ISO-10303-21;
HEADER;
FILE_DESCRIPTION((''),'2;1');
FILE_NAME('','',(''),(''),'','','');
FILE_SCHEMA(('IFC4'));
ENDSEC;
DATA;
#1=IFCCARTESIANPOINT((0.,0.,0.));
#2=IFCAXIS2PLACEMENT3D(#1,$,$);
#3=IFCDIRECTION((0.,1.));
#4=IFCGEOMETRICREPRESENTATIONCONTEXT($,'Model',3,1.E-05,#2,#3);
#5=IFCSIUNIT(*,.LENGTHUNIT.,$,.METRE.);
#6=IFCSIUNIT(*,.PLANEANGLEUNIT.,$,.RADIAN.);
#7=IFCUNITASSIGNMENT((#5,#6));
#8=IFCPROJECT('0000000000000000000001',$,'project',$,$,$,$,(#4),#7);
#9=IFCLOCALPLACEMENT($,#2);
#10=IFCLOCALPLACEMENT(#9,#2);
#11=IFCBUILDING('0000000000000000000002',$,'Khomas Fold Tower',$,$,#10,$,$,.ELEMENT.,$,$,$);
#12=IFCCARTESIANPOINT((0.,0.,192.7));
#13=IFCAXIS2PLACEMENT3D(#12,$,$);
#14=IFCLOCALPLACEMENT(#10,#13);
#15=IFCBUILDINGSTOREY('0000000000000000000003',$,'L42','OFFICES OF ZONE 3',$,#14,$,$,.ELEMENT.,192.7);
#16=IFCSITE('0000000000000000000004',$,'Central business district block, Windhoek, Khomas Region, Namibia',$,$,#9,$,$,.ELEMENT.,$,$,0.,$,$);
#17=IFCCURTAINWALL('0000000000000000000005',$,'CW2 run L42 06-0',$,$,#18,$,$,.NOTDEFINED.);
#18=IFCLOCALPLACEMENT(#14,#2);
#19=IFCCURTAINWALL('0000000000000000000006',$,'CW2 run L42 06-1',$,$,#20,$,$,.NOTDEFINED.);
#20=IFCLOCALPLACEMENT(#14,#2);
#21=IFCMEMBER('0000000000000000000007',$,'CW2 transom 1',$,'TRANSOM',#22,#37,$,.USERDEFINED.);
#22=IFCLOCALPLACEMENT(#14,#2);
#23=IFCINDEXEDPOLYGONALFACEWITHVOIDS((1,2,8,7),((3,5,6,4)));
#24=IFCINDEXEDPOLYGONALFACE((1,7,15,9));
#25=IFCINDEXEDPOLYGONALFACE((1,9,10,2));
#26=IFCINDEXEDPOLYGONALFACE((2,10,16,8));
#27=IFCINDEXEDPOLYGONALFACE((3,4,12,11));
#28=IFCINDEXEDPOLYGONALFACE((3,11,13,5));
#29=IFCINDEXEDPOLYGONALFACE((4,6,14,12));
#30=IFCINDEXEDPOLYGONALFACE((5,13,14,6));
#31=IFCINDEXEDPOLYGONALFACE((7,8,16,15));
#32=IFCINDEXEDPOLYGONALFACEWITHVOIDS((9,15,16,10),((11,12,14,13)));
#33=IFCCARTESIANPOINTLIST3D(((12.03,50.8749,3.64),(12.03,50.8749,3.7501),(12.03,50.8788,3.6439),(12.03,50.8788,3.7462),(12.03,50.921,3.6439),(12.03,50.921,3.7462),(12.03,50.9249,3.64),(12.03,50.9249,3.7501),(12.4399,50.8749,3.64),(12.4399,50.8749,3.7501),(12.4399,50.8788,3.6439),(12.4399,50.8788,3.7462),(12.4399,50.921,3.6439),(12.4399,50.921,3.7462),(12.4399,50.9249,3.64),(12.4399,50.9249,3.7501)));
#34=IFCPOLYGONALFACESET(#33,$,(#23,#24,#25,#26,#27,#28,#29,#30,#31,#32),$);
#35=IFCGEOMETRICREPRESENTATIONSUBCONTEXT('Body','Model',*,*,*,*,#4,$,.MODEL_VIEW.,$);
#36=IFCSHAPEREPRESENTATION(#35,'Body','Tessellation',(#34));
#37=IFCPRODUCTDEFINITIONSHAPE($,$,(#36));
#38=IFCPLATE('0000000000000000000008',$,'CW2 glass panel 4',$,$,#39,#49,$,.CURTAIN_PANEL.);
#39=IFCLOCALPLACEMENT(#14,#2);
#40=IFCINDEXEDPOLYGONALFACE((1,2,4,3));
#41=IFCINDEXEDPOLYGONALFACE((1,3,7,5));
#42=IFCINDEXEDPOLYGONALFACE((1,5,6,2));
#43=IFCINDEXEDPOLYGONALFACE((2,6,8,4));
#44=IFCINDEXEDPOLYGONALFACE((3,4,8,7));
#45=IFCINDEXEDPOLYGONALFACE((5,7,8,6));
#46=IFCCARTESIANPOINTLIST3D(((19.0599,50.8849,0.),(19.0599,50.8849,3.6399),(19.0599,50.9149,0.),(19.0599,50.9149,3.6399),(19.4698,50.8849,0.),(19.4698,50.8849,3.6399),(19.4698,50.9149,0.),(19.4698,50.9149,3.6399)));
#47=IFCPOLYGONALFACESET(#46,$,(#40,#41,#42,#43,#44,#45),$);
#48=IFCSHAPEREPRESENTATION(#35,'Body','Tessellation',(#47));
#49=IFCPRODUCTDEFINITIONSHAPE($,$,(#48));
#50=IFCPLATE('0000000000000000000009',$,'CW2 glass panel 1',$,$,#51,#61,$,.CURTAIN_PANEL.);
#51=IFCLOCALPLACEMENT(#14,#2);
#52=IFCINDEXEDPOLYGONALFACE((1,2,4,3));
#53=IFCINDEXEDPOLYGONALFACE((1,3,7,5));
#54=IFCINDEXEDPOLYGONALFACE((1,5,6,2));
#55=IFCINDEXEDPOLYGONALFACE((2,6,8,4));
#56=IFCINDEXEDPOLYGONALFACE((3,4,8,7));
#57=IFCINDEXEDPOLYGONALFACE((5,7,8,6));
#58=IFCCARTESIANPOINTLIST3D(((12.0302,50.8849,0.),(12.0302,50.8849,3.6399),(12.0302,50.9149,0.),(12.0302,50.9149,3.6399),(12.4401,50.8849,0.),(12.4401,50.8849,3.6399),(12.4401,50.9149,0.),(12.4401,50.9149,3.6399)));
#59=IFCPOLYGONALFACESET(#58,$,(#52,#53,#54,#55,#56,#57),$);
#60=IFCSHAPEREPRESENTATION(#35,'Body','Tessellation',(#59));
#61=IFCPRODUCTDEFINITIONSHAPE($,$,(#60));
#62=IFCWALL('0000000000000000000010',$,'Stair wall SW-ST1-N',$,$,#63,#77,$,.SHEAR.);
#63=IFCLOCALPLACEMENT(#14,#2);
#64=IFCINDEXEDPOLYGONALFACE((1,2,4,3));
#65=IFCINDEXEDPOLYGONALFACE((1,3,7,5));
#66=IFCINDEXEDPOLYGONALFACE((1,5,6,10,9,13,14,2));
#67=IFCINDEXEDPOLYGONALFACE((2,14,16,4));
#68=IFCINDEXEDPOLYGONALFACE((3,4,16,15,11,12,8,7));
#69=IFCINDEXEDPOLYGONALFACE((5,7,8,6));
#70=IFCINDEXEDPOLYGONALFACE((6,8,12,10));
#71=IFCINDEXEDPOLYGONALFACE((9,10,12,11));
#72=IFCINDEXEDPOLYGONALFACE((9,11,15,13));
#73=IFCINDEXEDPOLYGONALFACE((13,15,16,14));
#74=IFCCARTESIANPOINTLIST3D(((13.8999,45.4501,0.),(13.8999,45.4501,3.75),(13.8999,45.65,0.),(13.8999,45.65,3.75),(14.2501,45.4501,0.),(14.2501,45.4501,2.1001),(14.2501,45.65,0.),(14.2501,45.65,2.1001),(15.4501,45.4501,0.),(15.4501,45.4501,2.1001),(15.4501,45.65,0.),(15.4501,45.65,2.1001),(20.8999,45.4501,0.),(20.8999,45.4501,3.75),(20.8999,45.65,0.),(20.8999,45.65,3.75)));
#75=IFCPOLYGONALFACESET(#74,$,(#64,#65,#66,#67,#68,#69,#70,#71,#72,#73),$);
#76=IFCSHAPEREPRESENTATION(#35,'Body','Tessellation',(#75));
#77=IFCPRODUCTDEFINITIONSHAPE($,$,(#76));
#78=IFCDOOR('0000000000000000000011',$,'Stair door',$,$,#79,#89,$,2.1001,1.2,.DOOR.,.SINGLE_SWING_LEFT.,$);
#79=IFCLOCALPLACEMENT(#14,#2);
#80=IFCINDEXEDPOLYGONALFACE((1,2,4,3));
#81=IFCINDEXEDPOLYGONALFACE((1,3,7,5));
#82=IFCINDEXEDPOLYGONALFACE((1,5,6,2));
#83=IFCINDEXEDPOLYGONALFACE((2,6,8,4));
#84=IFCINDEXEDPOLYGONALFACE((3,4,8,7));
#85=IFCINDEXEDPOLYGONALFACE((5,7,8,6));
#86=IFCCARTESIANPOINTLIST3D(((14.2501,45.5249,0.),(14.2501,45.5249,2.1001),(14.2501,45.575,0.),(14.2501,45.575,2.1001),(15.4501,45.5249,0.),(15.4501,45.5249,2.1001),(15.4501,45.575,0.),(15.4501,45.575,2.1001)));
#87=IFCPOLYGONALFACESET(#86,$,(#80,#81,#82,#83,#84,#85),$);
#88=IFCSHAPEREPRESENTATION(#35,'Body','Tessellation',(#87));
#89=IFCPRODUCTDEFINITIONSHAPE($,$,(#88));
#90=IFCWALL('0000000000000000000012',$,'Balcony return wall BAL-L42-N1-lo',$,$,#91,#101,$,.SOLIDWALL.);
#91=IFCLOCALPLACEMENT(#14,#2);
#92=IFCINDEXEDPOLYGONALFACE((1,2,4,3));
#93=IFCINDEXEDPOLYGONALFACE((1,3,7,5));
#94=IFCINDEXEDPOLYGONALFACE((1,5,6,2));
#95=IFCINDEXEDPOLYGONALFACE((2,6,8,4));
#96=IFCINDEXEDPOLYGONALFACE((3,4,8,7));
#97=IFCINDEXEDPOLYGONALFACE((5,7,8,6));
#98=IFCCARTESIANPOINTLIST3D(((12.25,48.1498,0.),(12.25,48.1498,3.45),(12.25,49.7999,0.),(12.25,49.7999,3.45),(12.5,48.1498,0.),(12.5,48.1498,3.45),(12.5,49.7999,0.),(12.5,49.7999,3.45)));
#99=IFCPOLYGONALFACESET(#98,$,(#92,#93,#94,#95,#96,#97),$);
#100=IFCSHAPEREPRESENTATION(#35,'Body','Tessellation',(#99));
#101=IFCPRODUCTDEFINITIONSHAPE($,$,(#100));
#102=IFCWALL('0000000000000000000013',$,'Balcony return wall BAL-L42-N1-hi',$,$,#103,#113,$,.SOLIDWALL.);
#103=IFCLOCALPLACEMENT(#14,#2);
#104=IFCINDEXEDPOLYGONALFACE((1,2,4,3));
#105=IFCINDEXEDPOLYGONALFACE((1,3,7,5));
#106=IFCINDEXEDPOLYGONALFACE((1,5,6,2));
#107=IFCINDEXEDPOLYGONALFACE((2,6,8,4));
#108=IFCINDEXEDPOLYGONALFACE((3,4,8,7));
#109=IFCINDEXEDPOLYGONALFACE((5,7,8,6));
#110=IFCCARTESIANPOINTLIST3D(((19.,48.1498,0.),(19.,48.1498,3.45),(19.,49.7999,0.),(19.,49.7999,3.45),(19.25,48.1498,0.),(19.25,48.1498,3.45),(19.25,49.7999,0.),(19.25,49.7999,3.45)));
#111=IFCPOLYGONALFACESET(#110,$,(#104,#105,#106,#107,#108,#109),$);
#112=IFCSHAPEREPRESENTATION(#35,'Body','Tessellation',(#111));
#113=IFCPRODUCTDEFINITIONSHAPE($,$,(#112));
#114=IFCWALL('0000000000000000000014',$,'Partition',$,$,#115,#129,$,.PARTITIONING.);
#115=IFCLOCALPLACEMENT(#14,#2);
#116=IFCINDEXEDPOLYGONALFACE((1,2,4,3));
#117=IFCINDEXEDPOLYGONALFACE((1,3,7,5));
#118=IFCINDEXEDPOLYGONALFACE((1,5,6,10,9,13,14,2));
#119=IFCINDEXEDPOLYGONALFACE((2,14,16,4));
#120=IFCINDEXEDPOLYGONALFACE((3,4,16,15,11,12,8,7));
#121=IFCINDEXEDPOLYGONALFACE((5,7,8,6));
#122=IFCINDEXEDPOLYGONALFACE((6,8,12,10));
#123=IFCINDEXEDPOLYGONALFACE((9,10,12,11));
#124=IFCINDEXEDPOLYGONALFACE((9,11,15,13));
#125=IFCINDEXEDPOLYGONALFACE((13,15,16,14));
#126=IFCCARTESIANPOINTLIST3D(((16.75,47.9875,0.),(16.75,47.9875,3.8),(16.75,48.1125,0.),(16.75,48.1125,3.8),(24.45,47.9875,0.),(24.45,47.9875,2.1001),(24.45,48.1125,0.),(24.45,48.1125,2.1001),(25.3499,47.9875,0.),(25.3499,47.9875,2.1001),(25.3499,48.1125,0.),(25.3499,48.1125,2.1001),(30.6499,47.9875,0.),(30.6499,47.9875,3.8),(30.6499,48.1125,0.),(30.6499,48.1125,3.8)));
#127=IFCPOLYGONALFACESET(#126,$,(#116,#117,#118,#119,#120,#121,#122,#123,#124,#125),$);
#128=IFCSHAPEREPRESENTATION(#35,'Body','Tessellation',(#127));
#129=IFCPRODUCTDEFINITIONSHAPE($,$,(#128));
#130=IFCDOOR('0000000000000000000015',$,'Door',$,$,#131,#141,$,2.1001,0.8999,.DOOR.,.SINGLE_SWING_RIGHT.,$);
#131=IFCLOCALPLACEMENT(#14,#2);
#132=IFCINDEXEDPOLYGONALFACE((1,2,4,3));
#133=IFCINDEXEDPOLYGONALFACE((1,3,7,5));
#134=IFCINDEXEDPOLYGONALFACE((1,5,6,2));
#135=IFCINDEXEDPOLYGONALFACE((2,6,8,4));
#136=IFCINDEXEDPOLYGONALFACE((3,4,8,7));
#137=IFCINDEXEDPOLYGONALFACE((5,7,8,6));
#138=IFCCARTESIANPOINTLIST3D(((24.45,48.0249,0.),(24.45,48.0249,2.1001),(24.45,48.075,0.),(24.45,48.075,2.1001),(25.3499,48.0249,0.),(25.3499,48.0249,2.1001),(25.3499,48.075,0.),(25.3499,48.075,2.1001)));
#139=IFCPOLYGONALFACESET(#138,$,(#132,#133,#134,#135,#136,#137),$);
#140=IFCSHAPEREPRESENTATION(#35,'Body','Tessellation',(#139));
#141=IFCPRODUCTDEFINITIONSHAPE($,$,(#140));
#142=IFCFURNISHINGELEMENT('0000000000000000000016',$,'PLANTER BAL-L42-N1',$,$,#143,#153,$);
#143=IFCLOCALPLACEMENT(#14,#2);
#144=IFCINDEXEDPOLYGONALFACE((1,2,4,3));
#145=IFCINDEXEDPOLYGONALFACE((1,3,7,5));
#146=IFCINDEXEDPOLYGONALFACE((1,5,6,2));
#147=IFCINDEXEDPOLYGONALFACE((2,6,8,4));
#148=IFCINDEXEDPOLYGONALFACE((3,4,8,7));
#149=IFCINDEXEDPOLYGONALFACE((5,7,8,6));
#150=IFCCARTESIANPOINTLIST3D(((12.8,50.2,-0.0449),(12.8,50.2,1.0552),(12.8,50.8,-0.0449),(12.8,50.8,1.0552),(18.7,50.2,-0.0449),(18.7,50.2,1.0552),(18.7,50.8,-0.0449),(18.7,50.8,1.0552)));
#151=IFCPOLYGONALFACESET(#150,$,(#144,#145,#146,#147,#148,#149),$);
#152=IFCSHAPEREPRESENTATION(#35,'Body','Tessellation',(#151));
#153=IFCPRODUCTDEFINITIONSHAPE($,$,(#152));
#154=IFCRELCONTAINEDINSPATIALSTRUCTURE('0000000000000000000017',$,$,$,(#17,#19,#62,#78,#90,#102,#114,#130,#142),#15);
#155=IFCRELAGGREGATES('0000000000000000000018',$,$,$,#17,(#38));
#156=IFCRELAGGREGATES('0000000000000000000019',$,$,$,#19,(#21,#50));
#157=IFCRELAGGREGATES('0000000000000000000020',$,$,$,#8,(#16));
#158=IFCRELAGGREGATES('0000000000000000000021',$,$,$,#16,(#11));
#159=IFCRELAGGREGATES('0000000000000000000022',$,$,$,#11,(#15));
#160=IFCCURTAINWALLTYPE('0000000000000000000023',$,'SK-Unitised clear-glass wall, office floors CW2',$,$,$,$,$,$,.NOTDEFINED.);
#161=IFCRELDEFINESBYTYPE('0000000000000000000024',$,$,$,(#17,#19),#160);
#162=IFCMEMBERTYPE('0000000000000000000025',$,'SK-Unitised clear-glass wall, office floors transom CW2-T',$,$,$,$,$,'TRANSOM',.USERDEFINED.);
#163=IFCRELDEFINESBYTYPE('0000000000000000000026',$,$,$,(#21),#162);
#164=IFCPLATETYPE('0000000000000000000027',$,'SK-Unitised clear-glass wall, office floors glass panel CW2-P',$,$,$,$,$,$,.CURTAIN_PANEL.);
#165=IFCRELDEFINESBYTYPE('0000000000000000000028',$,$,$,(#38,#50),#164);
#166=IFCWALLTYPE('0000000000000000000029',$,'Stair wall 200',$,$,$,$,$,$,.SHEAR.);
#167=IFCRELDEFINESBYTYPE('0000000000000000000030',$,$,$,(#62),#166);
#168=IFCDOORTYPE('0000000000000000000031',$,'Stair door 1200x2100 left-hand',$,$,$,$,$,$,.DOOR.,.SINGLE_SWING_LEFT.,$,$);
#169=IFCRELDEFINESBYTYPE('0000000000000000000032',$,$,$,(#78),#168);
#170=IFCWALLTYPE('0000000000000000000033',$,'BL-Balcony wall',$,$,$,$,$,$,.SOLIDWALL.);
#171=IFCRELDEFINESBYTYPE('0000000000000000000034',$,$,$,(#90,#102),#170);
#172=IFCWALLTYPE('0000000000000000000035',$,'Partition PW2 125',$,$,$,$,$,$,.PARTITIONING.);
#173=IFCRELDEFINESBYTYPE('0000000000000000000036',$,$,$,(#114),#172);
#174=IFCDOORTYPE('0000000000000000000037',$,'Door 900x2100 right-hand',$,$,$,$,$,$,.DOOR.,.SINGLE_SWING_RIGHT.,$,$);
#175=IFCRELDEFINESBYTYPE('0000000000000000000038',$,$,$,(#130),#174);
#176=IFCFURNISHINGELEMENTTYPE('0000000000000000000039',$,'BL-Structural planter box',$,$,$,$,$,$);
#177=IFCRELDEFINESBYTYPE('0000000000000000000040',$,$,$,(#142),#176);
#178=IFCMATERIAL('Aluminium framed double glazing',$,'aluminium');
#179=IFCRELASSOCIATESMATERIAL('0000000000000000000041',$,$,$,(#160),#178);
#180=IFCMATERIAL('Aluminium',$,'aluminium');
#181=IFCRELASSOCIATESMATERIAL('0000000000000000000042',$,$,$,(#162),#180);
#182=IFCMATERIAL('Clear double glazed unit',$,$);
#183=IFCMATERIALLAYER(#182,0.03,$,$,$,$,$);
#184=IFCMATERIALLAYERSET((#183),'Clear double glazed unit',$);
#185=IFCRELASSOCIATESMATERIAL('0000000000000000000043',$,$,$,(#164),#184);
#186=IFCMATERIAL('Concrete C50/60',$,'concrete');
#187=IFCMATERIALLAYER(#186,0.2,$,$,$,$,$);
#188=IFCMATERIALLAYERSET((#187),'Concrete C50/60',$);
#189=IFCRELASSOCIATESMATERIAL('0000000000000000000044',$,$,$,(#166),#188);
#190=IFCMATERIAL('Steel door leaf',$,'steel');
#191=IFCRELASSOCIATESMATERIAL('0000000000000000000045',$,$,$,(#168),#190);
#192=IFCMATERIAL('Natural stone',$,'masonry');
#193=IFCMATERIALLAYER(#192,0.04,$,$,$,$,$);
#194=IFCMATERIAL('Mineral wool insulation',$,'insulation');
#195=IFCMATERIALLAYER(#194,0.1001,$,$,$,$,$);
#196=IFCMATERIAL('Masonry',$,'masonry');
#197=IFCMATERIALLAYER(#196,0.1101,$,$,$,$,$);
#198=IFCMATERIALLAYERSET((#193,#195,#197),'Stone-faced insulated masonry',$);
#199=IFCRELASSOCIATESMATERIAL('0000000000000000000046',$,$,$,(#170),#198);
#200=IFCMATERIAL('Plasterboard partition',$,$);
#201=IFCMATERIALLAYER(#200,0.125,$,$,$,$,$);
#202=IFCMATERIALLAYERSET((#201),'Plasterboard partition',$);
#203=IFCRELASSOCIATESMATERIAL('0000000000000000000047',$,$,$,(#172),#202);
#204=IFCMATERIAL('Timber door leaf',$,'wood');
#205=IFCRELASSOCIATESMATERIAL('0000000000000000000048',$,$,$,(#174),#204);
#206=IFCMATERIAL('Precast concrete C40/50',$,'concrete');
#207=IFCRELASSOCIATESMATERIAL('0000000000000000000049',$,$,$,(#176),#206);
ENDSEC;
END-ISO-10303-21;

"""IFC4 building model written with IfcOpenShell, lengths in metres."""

from ifc_helpers import new_model, si_unit, direction, frame, frame_2d, origin, origin_2d, place, context, subcontext, project, spatial, rectangle, hollow_rectangle, extrude, source, transform, mapped, material, layer, layer_set, material_profile, profile_set, type_object, element, fill, aggregate, save


model = new_model("IFC4")

# Units and contexts
model_context = context("Model", 3, precision=1e-05, world=origin(), true_north=direction((0.0, 1.0)))
body_context = subcontext(model_context, "Body", "Model", "MODEL_VIEW")
ifc_project = project(units=[si_unit("LENGTHUNIT", "METRE"), si_unit("PLANEANGLEUNIT", "RADIAN")], contexts=[model_context])

# Site, building, storey
site_placement = place(None, origin())
site = spatial("IfcSite", under=ifc_project, at=site_placement, Name="Central business district block, Windhoek, Khomas Region, Namibia", CompositionType="ELEMENT", RefElevation=0.0)
building_placement = place(site_placement, origin())
building = spatial("IfcBuilding", under=site, at=building_placement, Name="Khomas Fold Tower", CompositionType="ELEMENT")
storey_placement = place(building_placement, frame((0.0, 0.0, 192.7)))
storey = spatial("IfcBuildingStorey", under=building, at=storey_placement, Name="L42", Description="OFFICES OF ZONE 3", CompositionType="ELEMENT", Elevation=192.7)

# Curtain wall
ifc_material_1 = material(Name="Aluminium framed double glazing", Category="aluminium")
curtain_wall_type = type_object("IfcCurtainWallType", Name="SK-Unitised clear-glass wall, office floors CW2", PredefinedType="NOTDEFINED", material=ifc_material_1)
curtain_wall_1_placement = place(storey_placement, origin())
curtain_wall_1 = element("IfcCurtainWall", 1, at=curtain_wall_1_placement, inside=storey, type_object=curtain_wall_type, Name="CW2 run L42 06-0", PredefinedType="NOTDEFINED")

# Curtain wall
curtain_wall_2_placement = place(storey_placement, origin())
curtain_wall_2 = element("IfcCurtainWall", 2, at=curtain_wall_2_placement, inside=storey, type_object=curtain_wall_type, Name="CW2 run L42 06-1", PredefinedType="NOTDEFINED")
ifc_material_2 = material(Name="Aluminium", Category="aluminium")
ifc_material_profile_1 = material_profile(ifc_material_2, hollow_rectangle(XDim=0.05, YDim=0.1101, WallThickness=0.0039, at=origin_2d()), Name="SK-Unitised clear-glass wall, office floors transom CW2-T")
ifc_profile_set_1 = profile_set([ifc_material_profile_1], Name="Aluminium")
member_type_1 = type_object("IfcMemberType", Name="SK-Unitised clear-glass wall, office floors transom CW2-T", ElementType="TRANSOM", PredefinedType="USERDEFINED", material=ifc_profile_set_1)

# Member
shared_shape_1 = source(origin(), body_context, "Body", "SweptSolid", [
    extrude(hollow_rectangle(XDim=0.05, YDim=0.1101, WallThickness=0.0039, at=origin_2d()), origin(), (0.0, 0.0, 1.0), 0.4099),
])
member_1_placement = place(storey_placement, frame((12.4399, 50.8999, 3.6951), z_axis=(-1.0, 0.0, 0.0), x_axis=(0.0, -1.0, 0.0)))
member_1 = element("IfcMember", 3, at=member_1_placement, type_object=member_type_1, Name="CW2 transom 1", ObjectType="TRANSOM", PredefinedType="USERDEFINED", context=body_context, shape_type="MappedRepresentation", body=[
    mapped(shared_shape_1, transform((0.0, 0.0, 0.0))),
])

# Plates
ifc_material_3 = material(Name="Clear double glazed unit")
ifc_layer_1 = layer(ifc_material_3, 0.03)
ifc_layer_set_1 = layer_set([ifc_layer_1], Name="Clear double glazed unit")
plate_type = type_object("IfcPlateType", Name="SK-Unitised clear-glass wall, office floors glass panel CW2-P", PredefinedType="CURTAIN_PANEL", material=ifc_layer_set_1)
shared_shape_2 = source(origin(), body_context, "Body", "SweptSolid", [
    extrude(rectangle(XDim=0.4099, YDim=0.03, at=origin_2d()), origin(), (0.0, 0.0, 1.0), 3.6399),
])
plate_1_placement = place(storey_placement, frame((19.2649, 50.8999, 0.0), z_axis=(0.0, 0.0, 1.0), x_axis=(-1.0, 0.0, 0.0)))
plate_1 = element("IfcPlate", 4, at=plate_1_placement, type_object=plate_type, Name="CW2 glass panel 4", PredefinedType="CURTAIN_PANEL", context=body_context, shape_type="MappedRepresentation", body=[
    mapped(shared_shape_2, transform((0.0, 0.0, 0.0))),
])
aggregate(curtain_wall_1, [plate_1])
plate_2_placement = place(storey_placement, frame((12.2351, 50.8999, 0.0), z_axis=(0.0, 0.0, 1.0), x_axis=(-1.0, 0.0, 0.0)))
plate_2 = element("IfcPlate", 5, at=plate_2_placement, type_object=plate_type, Name="CW2 glass panel 1", PredefinedType="CURTAIN_PANEL", context=body_context, shape_type="MappedRepresentation", body=[
    mapped(shared_shape_2, transform((0.0, 0.0, 0.0))),
])
aggregate(curtain_wall_2, [member_1, plate_2])

# Wall, opening, door
ifc_material_4 = material(Name="Concrete C50/60", Category="concrete")
ifc_layer_2 = layer(ifc_material_4, 0.2)
ifc_layer_set_2 = layer_set([ifc_layer_2], Name="Concrete C50/60")
wall_type_1 = type_object("IfcWallType", Name="Stair wall 200", PredefinedType="SHEAR", material=ifc_layer_set_2)
shared_shape_3 = source(origin(), body_context, "Body", "SweptSolid", [
    extrude(rectangle(XDim=7.0, YDim=0.2, at=frame_2d((3.5, 0.0))), origin(), (0.0, 0.0, 1.0), 3.75),
])
wall_1_placement = place(storey_placement, frame((13.8999, 45.55, 0.0), z_axis=(0.0, 0.0, 1.0), x_axis=(1.0, 0.0, 0.0)))
wall_1 = element("IfcWall", 6, at=wall_1_placement, inside=storey, type_object=wall_type_1, Name="Stair wall SW-ST1-N", PredefinedType="SHEAR", context=body_context, shape_type="MappedRepresentation", body=[
    mapped(shared_shape_3, transform((0.0, 0.0, 0.0))),
])
shared_shape_4 = source(origin(), body_context, "Body", "SweptSolid", [
    extrude(rectangle(XDim=1.2, YDim=2.1001, at=frame_2d((0.6001, 1.05))), frame((0.0, 0.1099, 0.0), z_axis=(0.0, -1.0, 0.0), x_axis=(1.0, 0.0, 0.0)), (0.0, 0.0, 1.0), 0.22),
])
opening_1_placement = place(wall_1_placement, frame((0.3501, 0.0, 0.0)))
opening_1 = element("IfcOpeningElement", 7, at=opening_1_placement, cuts=wall_1, PredefinedType="OPENING", context=body_context, shape_type="MappedRepresentation", body=[
    mapped(shared_shape_4, transform((0.0, 0.0, 0.0))),
])
ifc_material_5 = material(Name="Steel door leaf", Category="steel")
door_type_1 = type_object("IfcDoorType", Name="Stair door 1200x2100 left-hand", OperationType="SINGLE_SWING_LEFT", PredefinedType="DOOR", material=ifc_material_5)
shared_shape_5 = source(origin(), body_context, "Body", "SweptSolid", [
    extrude(rectangle(XDim=1.2, YDim=2.1001, at=frame_2d((0.6001, 1.05))), frame((0.0, 0.0249, 0.0), z_axis=(0.0, -1.0, 0.0), x_axis=(1.0, 0.0, 0.0)), (0.0, 0.0, 1.0), 0.05),
])
door_1_placement = place(opening_1_placement, origin())
door_1 = element("IfcDoor", 8, at=door_1_placement, inside=storey, type_object=door_type_1, Name="Stair door", OperationType="SINGLE_SWING_LEFT", OverallHeight=2.1001, OverallWidth=1.2, PredefinedType="DOOR", context=body_context, shape_type="MappedRepresentation", body=[
    mapped(shared_shape_5, transform((0.0, 0.0, 0.0))),
])
fill(opening_1, door_1)

# Shared definitions
ifc_material_6 = material(Name="Natural stone", Category="masonry")
ifc_layer_3 = layer(ifc_material_6, 0.04)
ifc_material_7 = material(Name="Mineral wool insulation", Category="insulation")
ifc_layer_4 = layer(ifc_material_7, 0.1001)
ifc_material_8 = material(Name="Masonry", Category="masonry")
ifc_layer_5 = layer(ifc_material_8, 0.1101)
ifc_layer_set_3 = layer_set([ifc_layer_3, ifc_layer_4, ifc_layer_5], Name="Stone-faced insulated masonry")
wall_type_2 = type_object("IfcWallType", Name="BL-Balcony wall", PredefinedType="SOLIDWALL", material=ifc_layer_set_3)

# Walls
shared_shape_6 = source(origin(), body_context, "Body", "SweptSolid", [
    extrude(rectangle(XDim=1.6501, YDim=0.25, at=frame_2d((0.8252, 0.0))), origin(), (0.0, 0.0, 1.0), 3.45),
])
for number, where, z_axis, x_axis, name in (
    (9, (12.375, 49.8, 0.0), (0.0, 0.0, 1.0), (0.0, -1.0, 0.0), "Balcony return wall BAL-L42-N1-lo"),
    (10, (19.125, 49.8, 0.0), (0.0, 0.0, 1.0), (0.0, -1.0, 0.0), "Balcony return wall BAL-L42-N1-hi"),
):
    element("IfcWall", number, at=place(storey_placement, frame(where, z_axis=z_axis, x_axis=x_axis)), inside=storey, type_object=wall_type_2, Name=name, PredefinedType="SOLIDWALL", context=body_context, shape_type="MappedRepresentation", body=[
        mapped(shared_shape_6, transform((0.0, 0.0, 0.0))),
    ])

# Wall, opening, door
ifc_material_9 = material(Name="Plasterboard partition")
ifc_layer_6 = layer(ifc_material_9, 0.125)
ifc_layer_set_4 = layer_set([ifc_layer_6], Name="Plasterboard partition")
wall_type_3 = type_object("IfcWallType", Name="Partition PW2 125", PredefinedType="PARTITIONING", material=ifc_layer_set_4)
shared_shape_7 = source(origin(), body_context, "Body", "SweptSolid", [
    extrude(rectangle(XDim=13.8999, YDim=0.125, at=frame_2d((6.95, 0.0))), origin(), (0.0, 0.0, 1.0), 3.8),
])
wall_2_placement = place(storey_placement, frame((16.75, 48.05, 0.0), z_axis=(0.0, 0.0, 1.0), x_axis=(1.0, 0.0, 0.0)))
wall_2 = element("IfcWall", 11, at=wall_2_placement, inside=storey, type_object=wall_type_3, Name="Partition", PredefinedType="PARTITIONING", context=body_context, shape_type="MappedRepresentation", body=[
    mapped(shared_shape_7, transform((0.0, 0.0, 0.0))),
])
shared_shape_8 = source(origin(), body_context, "Body", "SweptSolid", [
    extrude(rectangle(XDim=0.8999, YDim=2.1001, at=frame_2d((0.45, 1.05))), frame((0.0, 0.0725, 0.0), z_axis=(0.0, -1.0, 0.0), x_axis=(1.0, 0.0, 0.0)), (0.0, 0.0, 1.0), 0.145),
])
opening_2_placement = place(wall_2_placement, frame((7.7, 0.0, 0.0)))
opening_2 = element("IfcOpeningElement", 12, at=opening_2_placement, cuts=wall_2, PredefinedType="OPENING", context=body_context, shape_type="MappedRepresentation", body=[
    mapped(shared_shape_8, transform((0.0, 0.0, 0.0))),
])
ifc_material_10 = material(Name="Timber door leaf", Category="wood")
door_type_2 = type_object("IfcDoorType", Name="Door 900x2100 right-hand", OperationType="SINGLE_SWING_RIGHT", PredefinedType="DOOR", material=ifc_material_10)
shared_shape_9 = source(origin(), body_context, "Body", "SweptSolid", [
    extrude(rectangle(XDim=0.8999, YDim=2.1001, at=frame_2d((0.45, 1.05))), frame((0.0, 0.0249, 0.0), z_axis=(0.0, -1.0, 0.0), x_axis=(1.0, 0.0, 0.0)), (0.0, 0.0, 1.0), 0.05),
])
door_2_placement = place(opening_2_placement, origin())
door_2 = element("IfcDoor", 13, at=door_2_placement, inside=storey, type_object=door_type_2, Name="Door", OperationType="SINGLE_SWING_RIGHT", OverallHeight=2.1001, OverallWidth=0.8999, PredefinedType="DOOR", context=body_context, shape_type="MappedRepresentation", body=[
    mapped(shared_shape_9, transform((0.0, 0.0, 0.0))),
])
fill(opening_2, door_2)

# Furnishing element
ifc_material_11 = material(Name="Precast concrete C40/50", Category="concrete")
furnishing_element_type_1 = type_object("IfcFurnishingElementType", Name="BL-Structural planter box", material=ifc_material_11)
shared_shape_10 = source(origin(), body_context, "Body", "SweptSolid", [
    extrude(rectangle(XDim=5.8999, YDim=0.6001, at=origin_2d()), origin(), (0.0, 0.0, 1.0), 1.1001),
])
furnishing_1_placement = place(storey_placement, frame((15.75, 50.5, -0.0449), z_axis=(0.0, 0.0, 1.0), x_axis=(1.0, 0.0, 0.0)))
element("IfcFurnishingElement", 14, at=furnishing_1_placement, inside=storey, type_object=furnishing_element_type_1, Name="PLANTER BAL-L42-N1", context=body_context, shape_type="MappedRepresentation", body=[
    mapped(shared_shape_10, transform((0.0, 0.0, 0.0))),
])

save(model, "model.ifc")
